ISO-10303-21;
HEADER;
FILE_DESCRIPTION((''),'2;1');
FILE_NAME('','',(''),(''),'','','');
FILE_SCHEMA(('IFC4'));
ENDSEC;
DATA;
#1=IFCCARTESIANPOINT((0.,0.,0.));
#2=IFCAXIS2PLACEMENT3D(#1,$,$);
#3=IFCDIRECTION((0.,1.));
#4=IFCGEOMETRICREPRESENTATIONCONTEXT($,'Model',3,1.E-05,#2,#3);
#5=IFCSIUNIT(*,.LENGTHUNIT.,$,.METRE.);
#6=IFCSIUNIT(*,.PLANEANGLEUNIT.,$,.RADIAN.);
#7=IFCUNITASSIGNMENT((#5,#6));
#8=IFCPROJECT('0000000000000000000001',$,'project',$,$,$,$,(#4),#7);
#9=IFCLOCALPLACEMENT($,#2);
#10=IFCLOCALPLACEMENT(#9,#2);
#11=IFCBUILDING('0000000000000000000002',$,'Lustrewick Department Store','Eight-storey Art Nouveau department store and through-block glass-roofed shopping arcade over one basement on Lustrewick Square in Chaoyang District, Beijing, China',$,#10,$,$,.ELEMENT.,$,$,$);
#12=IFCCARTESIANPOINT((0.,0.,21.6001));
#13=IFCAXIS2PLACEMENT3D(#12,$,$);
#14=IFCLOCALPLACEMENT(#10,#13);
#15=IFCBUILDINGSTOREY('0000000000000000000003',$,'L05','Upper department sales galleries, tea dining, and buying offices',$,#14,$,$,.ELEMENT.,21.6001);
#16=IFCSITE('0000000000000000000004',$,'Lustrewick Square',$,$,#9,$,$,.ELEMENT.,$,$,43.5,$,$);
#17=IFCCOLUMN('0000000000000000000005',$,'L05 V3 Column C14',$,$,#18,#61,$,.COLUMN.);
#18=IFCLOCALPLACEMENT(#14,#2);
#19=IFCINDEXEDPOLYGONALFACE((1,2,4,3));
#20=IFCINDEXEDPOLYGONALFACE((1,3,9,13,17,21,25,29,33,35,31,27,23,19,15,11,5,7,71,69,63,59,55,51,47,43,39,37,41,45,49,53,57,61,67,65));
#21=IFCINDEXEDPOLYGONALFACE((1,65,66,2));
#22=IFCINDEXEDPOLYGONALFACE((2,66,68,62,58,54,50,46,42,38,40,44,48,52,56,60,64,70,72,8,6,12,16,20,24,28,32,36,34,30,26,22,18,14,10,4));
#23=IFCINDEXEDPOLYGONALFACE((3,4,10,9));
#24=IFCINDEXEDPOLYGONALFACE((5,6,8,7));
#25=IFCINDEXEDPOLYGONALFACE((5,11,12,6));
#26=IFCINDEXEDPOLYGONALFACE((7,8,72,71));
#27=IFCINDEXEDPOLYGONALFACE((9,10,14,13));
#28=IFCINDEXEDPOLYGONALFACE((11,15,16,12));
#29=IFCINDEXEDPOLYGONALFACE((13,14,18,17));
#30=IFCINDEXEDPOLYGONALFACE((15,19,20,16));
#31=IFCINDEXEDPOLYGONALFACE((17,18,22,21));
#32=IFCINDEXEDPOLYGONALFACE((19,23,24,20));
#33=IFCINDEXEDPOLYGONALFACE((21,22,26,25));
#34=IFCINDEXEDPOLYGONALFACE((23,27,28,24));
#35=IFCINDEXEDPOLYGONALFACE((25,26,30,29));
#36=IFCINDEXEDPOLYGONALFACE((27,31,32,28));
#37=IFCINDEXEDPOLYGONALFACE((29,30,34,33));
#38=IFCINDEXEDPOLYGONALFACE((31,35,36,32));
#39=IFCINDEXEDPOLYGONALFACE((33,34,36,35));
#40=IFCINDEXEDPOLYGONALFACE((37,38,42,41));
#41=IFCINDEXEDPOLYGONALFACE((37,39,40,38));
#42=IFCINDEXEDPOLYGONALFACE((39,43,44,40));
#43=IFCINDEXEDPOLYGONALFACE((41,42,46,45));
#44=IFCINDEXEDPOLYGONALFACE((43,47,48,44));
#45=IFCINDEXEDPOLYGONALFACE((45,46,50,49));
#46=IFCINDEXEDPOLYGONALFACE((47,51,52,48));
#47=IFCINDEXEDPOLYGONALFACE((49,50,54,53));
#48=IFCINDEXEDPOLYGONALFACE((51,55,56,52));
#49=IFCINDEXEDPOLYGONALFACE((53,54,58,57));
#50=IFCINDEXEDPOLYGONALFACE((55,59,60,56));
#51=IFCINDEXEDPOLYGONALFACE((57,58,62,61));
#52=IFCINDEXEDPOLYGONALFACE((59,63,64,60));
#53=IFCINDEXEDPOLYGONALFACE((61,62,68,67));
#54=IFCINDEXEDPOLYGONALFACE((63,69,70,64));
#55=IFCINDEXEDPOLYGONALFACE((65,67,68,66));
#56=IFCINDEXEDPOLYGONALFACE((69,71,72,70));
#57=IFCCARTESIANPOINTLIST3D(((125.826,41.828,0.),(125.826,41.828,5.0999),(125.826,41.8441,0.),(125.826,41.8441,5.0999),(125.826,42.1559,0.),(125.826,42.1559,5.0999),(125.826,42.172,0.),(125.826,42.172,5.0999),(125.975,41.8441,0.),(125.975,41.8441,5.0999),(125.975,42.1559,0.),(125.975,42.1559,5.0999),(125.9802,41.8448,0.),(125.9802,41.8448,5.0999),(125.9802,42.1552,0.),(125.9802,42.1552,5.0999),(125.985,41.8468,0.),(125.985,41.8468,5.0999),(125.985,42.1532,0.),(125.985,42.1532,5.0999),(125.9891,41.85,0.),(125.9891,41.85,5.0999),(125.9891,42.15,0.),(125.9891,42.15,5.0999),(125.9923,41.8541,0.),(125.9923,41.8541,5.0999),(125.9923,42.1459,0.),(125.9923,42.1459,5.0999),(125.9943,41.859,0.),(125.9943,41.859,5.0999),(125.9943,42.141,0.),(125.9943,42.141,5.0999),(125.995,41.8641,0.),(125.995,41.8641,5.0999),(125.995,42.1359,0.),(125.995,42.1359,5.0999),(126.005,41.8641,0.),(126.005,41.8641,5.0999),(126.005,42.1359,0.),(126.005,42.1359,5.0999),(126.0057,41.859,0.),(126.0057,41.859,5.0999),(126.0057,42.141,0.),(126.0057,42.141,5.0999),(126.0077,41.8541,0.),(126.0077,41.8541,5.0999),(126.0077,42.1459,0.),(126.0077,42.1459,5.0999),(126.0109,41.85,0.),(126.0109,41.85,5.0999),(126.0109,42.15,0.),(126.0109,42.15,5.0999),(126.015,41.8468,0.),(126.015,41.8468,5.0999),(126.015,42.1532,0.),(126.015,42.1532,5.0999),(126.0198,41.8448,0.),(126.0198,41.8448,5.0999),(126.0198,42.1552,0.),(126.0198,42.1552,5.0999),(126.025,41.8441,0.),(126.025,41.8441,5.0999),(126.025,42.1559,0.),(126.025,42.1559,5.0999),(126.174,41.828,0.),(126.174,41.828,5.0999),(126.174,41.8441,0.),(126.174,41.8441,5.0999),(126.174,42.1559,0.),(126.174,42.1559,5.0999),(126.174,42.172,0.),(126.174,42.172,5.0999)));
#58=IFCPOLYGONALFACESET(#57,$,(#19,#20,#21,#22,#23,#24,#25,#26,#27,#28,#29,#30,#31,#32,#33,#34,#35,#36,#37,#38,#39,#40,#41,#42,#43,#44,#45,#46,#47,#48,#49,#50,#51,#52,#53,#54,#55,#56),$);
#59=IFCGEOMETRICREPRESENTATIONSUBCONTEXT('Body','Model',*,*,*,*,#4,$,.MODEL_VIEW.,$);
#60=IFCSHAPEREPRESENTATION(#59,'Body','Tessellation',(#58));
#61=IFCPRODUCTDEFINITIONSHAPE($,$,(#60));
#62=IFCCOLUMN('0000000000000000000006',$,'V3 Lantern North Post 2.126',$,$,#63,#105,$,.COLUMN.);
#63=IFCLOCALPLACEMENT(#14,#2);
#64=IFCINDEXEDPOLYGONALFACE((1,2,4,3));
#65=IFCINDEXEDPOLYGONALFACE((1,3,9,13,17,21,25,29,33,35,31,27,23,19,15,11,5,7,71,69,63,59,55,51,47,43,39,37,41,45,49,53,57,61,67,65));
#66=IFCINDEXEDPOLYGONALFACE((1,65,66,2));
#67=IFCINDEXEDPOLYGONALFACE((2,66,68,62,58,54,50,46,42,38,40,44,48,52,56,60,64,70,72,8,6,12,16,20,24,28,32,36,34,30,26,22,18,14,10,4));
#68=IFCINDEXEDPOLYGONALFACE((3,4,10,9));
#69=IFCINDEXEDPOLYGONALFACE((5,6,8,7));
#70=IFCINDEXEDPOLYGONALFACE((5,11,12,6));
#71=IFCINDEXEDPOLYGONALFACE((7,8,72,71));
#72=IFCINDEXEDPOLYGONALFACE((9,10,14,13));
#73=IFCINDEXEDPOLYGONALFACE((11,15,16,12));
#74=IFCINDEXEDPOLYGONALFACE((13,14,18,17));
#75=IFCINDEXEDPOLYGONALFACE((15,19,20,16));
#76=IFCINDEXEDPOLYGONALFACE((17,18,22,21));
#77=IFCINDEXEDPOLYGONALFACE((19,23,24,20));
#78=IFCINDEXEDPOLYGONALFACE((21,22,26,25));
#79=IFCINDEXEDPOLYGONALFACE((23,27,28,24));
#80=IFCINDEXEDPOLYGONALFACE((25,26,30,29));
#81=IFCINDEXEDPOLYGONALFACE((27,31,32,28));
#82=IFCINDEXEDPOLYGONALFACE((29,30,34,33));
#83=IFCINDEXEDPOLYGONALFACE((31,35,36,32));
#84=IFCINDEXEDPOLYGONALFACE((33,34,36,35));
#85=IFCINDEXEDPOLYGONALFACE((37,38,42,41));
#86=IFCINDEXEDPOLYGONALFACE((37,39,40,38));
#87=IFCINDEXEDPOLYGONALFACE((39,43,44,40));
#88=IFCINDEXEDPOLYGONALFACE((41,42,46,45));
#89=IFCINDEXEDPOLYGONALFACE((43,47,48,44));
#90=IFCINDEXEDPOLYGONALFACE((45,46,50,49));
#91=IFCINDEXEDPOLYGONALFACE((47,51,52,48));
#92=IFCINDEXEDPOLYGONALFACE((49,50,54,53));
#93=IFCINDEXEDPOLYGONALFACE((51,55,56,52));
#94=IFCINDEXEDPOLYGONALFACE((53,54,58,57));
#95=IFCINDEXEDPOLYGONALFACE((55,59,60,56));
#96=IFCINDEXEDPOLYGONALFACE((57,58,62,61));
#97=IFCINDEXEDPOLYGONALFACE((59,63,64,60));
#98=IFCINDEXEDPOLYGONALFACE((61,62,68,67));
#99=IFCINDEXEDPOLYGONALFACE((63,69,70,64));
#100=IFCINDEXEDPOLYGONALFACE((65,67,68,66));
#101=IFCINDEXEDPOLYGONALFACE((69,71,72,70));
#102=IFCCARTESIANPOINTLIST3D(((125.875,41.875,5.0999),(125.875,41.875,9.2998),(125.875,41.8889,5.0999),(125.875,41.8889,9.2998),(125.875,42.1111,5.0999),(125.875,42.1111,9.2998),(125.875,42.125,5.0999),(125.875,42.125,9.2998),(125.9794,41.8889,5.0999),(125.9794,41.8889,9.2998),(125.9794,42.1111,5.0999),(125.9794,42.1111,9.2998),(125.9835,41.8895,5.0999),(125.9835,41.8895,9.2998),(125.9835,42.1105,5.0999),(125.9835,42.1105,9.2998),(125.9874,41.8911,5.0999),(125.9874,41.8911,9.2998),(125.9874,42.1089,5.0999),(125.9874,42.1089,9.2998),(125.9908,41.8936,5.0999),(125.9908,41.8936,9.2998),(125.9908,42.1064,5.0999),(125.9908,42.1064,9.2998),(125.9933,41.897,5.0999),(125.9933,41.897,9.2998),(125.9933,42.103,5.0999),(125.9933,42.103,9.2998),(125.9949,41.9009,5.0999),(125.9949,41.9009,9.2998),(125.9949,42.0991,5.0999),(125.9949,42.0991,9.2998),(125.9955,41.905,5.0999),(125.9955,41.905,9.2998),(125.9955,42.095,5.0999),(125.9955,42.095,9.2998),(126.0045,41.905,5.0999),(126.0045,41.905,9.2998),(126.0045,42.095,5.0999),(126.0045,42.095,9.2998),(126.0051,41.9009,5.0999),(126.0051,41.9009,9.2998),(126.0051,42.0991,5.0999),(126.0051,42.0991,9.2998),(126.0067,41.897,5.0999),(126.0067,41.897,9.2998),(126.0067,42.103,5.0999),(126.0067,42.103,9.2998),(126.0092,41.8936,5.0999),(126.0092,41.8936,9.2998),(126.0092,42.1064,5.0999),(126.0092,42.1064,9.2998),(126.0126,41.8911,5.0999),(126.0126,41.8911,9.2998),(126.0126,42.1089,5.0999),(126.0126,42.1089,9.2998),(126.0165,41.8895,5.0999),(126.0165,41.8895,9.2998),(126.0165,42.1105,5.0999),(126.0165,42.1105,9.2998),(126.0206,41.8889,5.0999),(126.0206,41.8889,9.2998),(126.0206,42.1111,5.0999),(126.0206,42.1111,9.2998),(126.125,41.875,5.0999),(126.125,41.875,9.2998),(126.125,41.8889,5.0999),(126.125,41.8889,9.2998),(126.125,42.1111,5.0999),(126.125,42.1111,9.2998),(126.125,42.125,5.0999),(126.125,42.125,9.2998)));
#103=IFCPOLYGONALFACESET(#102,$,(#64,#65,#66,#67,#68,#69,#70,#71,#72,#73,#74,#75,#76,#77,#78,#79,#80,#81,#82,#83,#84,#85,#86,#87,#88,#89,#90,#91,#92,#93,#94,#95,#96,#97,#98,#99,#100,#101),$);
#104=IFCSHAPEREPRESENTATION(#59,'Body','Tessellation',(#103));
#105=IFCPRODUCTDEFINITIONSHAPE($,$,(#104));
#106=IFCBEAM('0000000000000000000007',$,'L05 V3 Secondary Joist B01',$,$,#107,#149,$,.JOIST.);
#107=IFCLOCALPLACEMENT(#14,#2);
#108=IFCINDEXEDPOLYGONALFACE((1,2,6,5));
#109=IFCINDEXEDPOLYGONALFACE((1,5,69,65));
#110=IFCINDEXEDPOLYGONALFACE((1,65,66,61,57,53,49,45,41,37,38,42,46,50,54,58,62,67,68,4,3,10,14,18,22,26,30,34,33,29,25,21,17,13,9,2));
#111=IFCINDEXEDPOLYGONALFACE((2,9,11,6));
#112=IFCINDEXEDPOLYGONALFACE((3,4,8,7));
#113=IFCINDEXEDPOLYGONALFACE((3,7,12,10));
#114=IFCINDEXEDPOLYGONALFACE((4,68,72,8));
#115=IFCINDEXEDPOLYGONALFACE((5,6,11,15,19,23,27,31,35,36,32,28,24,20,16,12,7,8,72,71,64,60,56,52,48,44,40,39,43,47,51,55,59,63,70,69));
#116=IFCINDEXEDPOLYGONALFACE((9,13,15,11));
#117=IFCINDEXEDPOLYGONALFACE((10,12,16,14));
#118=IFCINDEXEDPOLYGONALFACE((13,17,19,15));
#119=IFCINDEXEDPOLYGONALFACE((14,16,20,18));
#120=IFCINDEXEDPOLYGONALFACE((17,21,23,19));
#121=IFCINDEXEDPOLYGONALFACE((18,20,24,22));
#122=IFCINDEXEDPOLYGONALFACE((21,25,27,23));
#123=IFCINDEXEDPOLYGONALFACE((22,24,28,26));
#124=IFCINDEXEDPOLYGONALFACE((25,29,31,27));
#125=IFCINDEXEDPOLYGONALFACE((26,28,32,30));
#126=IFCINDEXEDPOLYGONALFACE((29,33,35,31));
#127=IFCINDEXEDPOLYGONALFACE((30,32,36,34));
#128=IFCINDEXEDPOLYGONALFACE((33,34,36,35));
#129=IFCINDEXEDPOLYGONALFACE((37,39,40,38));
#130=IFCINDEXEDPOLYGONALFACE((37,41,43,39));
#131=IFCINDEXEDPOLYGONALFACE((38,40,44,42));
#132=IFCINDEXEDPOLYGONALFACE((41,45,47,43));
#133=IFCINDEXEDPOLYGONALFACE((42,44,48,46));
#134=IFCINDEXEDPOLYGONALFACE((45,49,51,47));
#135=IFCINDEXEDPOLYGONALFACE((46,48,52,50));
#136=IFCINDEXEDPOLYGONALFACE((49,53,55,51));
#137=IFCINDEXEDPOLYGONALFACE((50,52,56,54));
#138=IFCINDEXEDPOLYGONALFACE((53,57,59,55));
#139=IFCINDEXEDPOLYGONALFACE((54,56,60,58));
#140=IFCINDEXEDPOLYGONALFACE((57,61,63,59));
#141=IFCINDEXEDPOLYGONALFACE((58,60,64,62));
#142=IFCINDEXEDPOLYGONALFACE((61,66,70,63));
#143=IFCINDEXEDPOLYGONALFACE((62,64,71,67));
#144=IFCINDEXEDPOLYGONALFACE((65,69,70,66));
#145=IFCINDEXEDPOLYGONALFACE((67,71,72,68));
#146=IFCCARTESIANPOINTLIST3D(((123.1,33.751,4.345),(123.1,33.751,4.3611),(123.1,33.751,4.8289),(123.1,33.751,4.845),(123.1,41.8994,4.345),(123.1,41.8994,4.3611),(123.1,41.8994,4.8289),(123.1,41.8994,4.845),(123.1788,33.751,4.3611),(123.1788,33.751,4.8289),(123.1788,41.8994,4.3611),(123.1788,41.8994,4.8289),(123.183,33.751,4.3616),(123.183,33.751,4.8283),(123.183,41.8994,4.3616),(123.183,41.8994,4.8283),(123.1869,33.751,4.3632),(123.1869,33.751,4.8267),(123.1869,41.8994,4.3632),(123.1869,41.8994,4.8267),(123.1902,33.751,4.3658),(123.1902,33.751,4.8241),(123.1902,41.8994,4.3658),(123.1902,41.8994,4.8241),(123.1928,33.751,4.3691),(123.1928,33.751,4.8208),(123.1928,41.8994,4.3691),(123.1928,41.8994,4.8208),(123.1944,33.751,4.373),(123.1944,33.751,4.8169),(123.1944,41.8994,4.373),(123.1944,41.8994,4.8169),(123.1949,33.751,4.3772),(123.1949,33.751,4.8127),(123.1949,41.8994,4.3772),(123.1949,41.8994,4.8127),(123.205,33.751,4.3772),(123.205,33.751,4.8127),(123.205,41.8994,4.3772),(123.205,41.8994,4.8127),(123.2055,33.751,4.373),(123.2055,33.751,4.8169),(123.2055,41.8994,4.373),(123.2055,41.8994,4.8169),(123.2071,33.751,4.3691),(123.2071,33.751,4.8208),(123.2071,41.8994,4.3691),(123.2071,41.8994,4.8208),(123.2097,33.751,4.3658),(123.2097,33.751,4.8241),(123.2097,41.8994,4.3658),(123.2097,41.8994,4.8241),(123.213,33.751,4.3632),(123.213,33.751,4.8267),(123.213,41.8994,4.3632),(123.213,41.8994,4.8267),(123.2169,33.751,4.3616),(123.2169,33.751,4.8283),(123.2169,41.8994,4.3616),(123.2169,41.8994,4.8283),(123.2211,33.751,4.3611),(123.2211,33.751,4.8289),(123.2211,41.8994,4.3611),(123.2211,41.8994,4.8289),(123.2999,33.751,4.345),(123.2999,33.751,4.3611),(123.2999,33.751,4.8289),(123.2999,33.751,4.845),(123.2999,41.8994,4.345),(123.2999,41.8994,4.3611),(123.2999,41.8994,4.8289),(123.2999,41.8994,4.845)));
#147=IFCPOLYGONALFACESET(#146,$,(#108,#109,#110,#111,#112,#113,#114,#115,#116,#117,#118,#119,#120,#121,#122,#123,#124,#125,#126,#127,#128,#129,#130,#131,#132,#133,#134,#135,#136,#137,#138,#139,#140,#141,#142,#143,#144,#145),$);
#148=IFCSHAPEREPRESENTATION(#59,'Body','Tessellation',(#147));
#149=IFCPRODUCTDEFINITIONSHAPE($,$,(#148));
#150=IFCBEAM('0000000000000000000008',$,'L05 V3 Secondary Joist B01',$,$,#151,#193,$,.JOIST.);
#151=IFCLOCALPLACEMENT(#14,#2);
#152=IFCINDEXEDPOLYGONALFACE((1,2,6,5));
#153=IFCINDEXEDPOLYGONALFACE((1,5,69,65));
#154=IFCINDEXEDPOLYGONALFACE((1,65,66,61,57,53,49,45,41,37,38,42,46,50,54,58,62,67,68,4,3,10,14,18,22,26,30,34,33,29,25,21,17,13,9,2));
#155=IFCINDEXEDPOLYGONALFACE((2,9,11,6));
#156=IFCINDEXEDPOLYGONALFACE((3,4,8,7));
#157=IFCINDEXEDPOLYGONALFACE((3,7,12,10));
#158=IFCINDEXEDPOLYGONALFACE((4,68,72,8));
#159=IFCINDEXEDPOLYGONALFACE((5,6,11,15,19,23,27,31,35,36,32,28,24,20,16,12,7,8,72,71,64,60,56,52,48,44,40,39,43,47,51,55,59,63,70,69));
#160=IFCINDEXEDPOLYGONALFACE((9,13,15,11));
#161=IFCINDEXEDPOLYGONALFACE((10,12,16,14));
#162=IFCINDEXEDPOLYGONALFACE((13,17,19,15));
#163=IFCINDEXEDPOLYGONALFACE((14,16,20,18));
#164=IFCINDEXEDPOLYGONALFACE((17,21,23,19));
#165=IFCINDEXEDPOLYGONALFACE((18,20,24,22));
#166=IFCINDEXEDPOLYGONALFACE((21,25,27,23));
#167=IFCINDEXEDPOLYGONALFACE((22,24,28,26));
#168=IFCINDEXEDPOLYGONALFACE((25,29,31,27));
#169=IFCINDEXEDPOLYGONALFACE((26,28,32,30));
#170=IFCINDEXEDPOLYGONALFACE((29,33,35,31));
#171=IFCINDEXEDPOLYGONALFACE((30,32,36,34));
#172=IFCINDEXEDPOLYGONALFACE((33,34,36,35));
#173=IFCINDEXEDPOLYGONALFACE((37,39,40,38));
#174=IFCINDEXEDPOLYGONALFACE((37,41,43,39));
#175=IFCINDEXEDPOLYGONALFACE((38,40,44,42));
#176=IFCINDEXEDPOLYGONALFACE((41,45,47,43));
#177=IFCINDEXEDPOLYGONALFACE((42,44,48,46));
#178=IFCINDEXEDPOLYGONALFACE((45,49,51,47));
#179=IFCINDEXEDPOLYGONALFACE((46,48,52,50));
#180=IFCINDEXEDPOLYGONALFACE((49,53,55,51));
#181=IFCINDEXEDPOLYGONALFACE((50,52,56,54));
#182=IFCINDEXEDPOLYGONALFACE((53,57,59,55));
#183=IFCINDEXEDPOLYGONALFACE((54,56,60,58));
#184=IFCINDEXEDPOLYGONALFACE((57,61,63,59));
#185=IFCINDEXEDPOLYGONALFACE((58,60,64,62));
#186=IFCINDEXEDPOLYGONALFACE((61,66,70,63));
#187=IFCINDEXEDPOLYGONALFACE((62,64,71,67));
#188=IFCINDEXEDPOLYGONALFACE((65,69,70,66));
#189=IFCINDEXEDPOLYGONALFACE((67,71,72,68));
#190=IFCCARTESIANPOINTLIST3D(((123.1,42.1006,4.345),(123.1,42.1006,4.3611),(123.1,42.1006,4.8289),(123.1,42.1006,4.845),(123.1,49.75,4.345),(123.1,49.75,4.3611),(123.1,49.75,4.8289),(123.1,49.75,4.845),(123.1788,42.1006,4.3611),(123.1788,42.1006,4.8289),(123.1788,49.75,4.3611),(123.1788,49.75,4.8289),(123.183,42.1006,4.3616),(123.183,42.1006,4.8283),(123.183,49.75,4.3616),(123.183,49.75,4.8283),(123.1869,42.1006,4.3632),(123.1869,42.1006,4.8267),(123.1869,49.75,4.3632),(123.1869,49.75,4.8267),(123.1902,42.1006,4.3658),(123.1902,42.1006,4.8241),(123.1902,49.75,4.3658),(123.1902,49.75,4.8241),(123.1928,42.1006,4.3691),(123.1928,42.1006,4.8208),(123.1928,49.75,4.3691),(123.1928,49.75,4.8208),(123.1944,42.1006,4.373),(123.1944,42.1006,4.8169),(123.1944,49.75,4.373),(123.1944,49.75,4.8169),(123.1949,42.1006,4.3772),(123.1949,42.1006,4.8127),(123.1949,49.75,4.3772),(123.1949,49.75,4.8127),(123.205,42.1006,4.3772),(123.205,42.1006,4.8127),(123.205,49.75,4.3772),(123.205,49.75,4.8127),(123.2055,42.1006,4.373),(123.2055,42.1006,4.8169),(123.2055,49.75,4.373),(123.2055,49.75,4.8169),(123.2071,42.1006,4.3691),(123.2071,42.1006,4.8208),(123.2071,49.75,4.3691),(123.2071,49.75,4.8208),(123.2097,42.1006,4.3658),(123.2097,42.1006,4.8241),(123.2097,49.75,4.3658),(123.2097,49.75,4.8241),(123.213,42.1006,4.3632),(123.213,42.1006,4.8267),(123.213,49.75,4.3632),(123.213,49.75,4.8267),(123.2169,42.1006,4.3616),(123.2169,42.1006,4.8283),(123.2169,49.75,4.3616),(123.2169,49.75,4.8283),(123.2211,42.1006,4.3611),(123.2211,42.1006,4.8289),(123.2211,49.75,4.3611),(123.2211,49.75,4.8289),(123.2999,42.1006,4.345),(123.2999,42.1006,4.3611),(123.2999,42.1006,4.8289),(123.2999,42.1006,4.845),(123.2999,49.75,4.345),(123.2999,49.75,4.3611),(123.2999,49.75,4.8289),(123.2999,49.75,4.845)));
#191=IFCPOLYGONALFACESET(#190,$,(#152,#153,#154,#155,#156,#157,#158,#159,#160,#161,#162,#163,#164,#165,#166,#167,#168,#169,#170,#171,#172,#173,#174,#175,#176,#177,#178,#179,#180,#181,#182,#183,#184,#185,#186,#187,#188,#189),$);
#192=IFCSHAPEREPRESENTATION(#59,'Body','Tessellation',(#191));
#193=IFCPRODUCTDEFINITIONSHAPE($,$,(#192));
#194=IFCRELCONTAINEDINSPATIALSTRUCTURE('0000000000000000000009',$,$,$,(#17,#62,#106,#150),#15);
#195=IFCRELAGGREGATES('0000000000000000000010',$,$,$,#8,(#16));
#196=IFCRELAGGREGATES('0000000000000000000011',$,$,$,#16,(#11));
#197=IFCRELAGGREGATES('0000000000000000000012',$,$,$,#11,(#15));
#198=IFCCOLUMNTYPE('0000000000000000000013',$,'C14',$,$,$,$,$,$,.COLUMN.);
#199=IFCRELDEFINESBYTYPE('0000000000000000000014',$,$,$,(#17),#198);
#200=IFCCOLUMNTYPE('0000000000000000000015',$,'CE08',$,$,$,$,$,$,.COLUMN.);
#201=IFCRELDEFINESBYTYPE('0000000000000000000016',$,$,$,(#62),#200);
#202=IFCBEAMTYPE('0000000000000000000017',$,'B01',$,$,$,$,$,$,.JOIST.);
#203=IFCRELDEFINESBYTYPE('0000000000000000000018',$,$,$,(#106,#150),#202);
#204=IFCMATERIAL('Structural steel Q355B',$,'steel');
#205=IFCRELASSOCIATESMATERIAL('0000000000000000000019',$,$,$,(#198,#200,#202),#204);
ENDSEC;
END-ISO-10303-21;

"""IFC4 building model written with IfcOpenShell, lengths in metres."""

from ifc_helpers import new_model, si_unit, direction, frame, origin, origin_2d, place, context, subcontext, project, spatial, i_section, extrude, material, material_profile, profile_set, type_object, element, save


model = new_model("IFC4")

# Units and contexts
model_context = context("Model", 3, precision=1e-05, world=origin(), true_north=direction((0.0, 1.0)))
body_context = subcontext(model_context, "Body", "Model", "MODEL_VIEW")
ifc_project = project(units=[si_unit("LENGTHUNIT", "METRE"), si_unit("PLANEANGLEUNIT", "RADIAN")], contexts=[model_context])

# Site, building, storey
site_placement = place(None, origin())
site = spatial("IfcSite", under=ifc_project, at=site_placement, Name="Lustrewick Square", CompositionType="ELEMENT", RefElevation=43.5)
building_placement = place(site_placement, origin())
building = spatial("IfcBuilding", under=site, at=building_placement, Name="Lustrewick Department Store", Description="Eight-storey Art Nouveau department store and through-block glass-roofed shopping arcade over one basement on Lustrewick Square in Chaoyang District, Beijing, China", CompositionType="ELEMENT")
storey_placement = place(building_placement, frame((0.0, 0.0, 21.6001)))
storey = spatial("IfcBuildingStorey", under=building, at=storey_placement, Name="L05", Description="Upper department sales galleries, tea dining, and buying offices", CompositionType="ELEMENT", Elevation=21.6001)

# Columns
ifc_material_1 = material(Name="Structural steel Q355B", Category="steel")
ifc_material_profile_1 = material_profile(ifc_material_1, i_section(OverallWidth=0.3479, OverallDepth=0.344, WebThickness=0.01, FlangeThickness=0.0161, FilletRadius=0.02, at=origin_2d()), Name="HW 344x348x10x16")
ifc_profile_set_1 = profile_set([ifc_material_profile_1], Name="Structural steel Q355B")
column_type_1 = type_object("IfcColumnType", Name="C14", PredefinedType="COLUMN", material=ifc_profile_set_1)
column_1_placement = place(storey_placement, frame((126.0, 42.0, 0.0), z_axis=(0.0, 0.0, 1.0), x_axis=(1.0, 0.0, 0.0)))
element("IfcColumn", 1, at=column_1_placement, inside=storey, type_object=column_type_1, Name="L05 V3 Column C14", PredefinedType="COLUMN", context=body_context, shape_type="SweptSolid", body=[
    extrude(i_section(OverallWidth=0.3479, OverallDepth=0.344, WebThickness=0.01, FlangeThickness=0.0161, FilletRadius=0.02, at=origin_2d()), origin(), (0.0, 0.0, 1.0), 5.0999),
])
ifc_material_profile_2 = material_profile(ifc_material_1, i_section(OverallWidth=0.25, OverallDepth=0.25, WebThickness=0.009, FlangeThickness=0.0139, FilletRadius=0.0161, at=origin_2d()), Name="HW 250x250x9x14")
ifc_profile_set_2 = profile_set([ifc_material_profile_2], Name="Structural steel Q355B")
column_type_2 = type_object("IfcColumnType", Name="CE08", PredefinedType="COLUMN", material=ifc_profile_set_2)
column_2_placement = place(storey_placement, frame((126.0, 42.0, 5.0999), z_axis=(0.0, 0.0, 1.0), x_axis=(1.0, 0.0, 0.0)))
element("IfcColumn", 2, at=column_2_placement, inside=storey, type_object=column_type_2, Name="V3 Lantern North Post 2.126", PredefinedType="COLUMN", context=body_context, shape_type="SweptSolid", body=[
    extrude(i_section(OverallWidth=0.25, OverallDepth=0.25, WebThickness=0.009, FlangeThickness=0.0139, FilletRadius=0.0161, at=origin_2d()), origin(), (0.0, 0.0, 1.0), 4.2),
])

# Beams
ifc_material_profile_3 = material_profile(ifc_material_1, i_section(OverallWidth=0.2, OverallDepth=0.5, WebThickness=0.01, FlangeThickness=0.0161, FilletRadius=0.0161, at=origin_2d()), Name="HN 500x200x10x16")
ifc_profile_set_3 = profile_set([ifc_material_profile_3], Name="Structural steel Q355B")
beam_type_1 = type_object("IfcBeamType", Name="B01", PredefinedType="JOIST", material=ifc_profile_set_3)
beam_1_placement = place(storey_placement, frame((123.2, 33.751, 4.595), z_axis=(0.0, 1.0, 0.0), x_axis=(-1.0, 0.0, 0.0)))
element("IfcBeam", 3, at=beam_1_placement, inside=storey, type_object=beam_type_1, Name="L05 V3 Secondary Joist B01", PredefinedType="JOIST", context=body_context, shape_type="SweptSolid", body=[
    extrude(i_section(OverallWidth=0.2, OverallDepth=0.5, WebThickness=0.01, FlangeThickness=0.0161, FilletRadius=0.0161, at=origin_2d()), origin(), (0.0, 0.0, 1.0), 8.1484),
])
beam_2_placement = place(storey_placement, frame((123.2, 42.1006, 4.595), z_axis=(0.0, 1.0, 0.0), x_axis=(-1.0, 0.0, 0.0)))
element("IfcBeam", 4, at=beam_2_placement, inside=storey, type_object=beam_type_1, Name="L05 V3 Secondary Joist B01", PredefinedType="JOIST", context=body_context, shape_type="SweptSolid", body=[
    extrude(i_section(OverallWidth=0.2, OverallDepth=0.5, WebThickness=0.01, FlangeThickness=0.0161, FilletRadius=0.0161, at=origin_2d()), origin(), (0.0, 0.0, 1.0), 7.6494),
])

save(model, "model.ifc")
